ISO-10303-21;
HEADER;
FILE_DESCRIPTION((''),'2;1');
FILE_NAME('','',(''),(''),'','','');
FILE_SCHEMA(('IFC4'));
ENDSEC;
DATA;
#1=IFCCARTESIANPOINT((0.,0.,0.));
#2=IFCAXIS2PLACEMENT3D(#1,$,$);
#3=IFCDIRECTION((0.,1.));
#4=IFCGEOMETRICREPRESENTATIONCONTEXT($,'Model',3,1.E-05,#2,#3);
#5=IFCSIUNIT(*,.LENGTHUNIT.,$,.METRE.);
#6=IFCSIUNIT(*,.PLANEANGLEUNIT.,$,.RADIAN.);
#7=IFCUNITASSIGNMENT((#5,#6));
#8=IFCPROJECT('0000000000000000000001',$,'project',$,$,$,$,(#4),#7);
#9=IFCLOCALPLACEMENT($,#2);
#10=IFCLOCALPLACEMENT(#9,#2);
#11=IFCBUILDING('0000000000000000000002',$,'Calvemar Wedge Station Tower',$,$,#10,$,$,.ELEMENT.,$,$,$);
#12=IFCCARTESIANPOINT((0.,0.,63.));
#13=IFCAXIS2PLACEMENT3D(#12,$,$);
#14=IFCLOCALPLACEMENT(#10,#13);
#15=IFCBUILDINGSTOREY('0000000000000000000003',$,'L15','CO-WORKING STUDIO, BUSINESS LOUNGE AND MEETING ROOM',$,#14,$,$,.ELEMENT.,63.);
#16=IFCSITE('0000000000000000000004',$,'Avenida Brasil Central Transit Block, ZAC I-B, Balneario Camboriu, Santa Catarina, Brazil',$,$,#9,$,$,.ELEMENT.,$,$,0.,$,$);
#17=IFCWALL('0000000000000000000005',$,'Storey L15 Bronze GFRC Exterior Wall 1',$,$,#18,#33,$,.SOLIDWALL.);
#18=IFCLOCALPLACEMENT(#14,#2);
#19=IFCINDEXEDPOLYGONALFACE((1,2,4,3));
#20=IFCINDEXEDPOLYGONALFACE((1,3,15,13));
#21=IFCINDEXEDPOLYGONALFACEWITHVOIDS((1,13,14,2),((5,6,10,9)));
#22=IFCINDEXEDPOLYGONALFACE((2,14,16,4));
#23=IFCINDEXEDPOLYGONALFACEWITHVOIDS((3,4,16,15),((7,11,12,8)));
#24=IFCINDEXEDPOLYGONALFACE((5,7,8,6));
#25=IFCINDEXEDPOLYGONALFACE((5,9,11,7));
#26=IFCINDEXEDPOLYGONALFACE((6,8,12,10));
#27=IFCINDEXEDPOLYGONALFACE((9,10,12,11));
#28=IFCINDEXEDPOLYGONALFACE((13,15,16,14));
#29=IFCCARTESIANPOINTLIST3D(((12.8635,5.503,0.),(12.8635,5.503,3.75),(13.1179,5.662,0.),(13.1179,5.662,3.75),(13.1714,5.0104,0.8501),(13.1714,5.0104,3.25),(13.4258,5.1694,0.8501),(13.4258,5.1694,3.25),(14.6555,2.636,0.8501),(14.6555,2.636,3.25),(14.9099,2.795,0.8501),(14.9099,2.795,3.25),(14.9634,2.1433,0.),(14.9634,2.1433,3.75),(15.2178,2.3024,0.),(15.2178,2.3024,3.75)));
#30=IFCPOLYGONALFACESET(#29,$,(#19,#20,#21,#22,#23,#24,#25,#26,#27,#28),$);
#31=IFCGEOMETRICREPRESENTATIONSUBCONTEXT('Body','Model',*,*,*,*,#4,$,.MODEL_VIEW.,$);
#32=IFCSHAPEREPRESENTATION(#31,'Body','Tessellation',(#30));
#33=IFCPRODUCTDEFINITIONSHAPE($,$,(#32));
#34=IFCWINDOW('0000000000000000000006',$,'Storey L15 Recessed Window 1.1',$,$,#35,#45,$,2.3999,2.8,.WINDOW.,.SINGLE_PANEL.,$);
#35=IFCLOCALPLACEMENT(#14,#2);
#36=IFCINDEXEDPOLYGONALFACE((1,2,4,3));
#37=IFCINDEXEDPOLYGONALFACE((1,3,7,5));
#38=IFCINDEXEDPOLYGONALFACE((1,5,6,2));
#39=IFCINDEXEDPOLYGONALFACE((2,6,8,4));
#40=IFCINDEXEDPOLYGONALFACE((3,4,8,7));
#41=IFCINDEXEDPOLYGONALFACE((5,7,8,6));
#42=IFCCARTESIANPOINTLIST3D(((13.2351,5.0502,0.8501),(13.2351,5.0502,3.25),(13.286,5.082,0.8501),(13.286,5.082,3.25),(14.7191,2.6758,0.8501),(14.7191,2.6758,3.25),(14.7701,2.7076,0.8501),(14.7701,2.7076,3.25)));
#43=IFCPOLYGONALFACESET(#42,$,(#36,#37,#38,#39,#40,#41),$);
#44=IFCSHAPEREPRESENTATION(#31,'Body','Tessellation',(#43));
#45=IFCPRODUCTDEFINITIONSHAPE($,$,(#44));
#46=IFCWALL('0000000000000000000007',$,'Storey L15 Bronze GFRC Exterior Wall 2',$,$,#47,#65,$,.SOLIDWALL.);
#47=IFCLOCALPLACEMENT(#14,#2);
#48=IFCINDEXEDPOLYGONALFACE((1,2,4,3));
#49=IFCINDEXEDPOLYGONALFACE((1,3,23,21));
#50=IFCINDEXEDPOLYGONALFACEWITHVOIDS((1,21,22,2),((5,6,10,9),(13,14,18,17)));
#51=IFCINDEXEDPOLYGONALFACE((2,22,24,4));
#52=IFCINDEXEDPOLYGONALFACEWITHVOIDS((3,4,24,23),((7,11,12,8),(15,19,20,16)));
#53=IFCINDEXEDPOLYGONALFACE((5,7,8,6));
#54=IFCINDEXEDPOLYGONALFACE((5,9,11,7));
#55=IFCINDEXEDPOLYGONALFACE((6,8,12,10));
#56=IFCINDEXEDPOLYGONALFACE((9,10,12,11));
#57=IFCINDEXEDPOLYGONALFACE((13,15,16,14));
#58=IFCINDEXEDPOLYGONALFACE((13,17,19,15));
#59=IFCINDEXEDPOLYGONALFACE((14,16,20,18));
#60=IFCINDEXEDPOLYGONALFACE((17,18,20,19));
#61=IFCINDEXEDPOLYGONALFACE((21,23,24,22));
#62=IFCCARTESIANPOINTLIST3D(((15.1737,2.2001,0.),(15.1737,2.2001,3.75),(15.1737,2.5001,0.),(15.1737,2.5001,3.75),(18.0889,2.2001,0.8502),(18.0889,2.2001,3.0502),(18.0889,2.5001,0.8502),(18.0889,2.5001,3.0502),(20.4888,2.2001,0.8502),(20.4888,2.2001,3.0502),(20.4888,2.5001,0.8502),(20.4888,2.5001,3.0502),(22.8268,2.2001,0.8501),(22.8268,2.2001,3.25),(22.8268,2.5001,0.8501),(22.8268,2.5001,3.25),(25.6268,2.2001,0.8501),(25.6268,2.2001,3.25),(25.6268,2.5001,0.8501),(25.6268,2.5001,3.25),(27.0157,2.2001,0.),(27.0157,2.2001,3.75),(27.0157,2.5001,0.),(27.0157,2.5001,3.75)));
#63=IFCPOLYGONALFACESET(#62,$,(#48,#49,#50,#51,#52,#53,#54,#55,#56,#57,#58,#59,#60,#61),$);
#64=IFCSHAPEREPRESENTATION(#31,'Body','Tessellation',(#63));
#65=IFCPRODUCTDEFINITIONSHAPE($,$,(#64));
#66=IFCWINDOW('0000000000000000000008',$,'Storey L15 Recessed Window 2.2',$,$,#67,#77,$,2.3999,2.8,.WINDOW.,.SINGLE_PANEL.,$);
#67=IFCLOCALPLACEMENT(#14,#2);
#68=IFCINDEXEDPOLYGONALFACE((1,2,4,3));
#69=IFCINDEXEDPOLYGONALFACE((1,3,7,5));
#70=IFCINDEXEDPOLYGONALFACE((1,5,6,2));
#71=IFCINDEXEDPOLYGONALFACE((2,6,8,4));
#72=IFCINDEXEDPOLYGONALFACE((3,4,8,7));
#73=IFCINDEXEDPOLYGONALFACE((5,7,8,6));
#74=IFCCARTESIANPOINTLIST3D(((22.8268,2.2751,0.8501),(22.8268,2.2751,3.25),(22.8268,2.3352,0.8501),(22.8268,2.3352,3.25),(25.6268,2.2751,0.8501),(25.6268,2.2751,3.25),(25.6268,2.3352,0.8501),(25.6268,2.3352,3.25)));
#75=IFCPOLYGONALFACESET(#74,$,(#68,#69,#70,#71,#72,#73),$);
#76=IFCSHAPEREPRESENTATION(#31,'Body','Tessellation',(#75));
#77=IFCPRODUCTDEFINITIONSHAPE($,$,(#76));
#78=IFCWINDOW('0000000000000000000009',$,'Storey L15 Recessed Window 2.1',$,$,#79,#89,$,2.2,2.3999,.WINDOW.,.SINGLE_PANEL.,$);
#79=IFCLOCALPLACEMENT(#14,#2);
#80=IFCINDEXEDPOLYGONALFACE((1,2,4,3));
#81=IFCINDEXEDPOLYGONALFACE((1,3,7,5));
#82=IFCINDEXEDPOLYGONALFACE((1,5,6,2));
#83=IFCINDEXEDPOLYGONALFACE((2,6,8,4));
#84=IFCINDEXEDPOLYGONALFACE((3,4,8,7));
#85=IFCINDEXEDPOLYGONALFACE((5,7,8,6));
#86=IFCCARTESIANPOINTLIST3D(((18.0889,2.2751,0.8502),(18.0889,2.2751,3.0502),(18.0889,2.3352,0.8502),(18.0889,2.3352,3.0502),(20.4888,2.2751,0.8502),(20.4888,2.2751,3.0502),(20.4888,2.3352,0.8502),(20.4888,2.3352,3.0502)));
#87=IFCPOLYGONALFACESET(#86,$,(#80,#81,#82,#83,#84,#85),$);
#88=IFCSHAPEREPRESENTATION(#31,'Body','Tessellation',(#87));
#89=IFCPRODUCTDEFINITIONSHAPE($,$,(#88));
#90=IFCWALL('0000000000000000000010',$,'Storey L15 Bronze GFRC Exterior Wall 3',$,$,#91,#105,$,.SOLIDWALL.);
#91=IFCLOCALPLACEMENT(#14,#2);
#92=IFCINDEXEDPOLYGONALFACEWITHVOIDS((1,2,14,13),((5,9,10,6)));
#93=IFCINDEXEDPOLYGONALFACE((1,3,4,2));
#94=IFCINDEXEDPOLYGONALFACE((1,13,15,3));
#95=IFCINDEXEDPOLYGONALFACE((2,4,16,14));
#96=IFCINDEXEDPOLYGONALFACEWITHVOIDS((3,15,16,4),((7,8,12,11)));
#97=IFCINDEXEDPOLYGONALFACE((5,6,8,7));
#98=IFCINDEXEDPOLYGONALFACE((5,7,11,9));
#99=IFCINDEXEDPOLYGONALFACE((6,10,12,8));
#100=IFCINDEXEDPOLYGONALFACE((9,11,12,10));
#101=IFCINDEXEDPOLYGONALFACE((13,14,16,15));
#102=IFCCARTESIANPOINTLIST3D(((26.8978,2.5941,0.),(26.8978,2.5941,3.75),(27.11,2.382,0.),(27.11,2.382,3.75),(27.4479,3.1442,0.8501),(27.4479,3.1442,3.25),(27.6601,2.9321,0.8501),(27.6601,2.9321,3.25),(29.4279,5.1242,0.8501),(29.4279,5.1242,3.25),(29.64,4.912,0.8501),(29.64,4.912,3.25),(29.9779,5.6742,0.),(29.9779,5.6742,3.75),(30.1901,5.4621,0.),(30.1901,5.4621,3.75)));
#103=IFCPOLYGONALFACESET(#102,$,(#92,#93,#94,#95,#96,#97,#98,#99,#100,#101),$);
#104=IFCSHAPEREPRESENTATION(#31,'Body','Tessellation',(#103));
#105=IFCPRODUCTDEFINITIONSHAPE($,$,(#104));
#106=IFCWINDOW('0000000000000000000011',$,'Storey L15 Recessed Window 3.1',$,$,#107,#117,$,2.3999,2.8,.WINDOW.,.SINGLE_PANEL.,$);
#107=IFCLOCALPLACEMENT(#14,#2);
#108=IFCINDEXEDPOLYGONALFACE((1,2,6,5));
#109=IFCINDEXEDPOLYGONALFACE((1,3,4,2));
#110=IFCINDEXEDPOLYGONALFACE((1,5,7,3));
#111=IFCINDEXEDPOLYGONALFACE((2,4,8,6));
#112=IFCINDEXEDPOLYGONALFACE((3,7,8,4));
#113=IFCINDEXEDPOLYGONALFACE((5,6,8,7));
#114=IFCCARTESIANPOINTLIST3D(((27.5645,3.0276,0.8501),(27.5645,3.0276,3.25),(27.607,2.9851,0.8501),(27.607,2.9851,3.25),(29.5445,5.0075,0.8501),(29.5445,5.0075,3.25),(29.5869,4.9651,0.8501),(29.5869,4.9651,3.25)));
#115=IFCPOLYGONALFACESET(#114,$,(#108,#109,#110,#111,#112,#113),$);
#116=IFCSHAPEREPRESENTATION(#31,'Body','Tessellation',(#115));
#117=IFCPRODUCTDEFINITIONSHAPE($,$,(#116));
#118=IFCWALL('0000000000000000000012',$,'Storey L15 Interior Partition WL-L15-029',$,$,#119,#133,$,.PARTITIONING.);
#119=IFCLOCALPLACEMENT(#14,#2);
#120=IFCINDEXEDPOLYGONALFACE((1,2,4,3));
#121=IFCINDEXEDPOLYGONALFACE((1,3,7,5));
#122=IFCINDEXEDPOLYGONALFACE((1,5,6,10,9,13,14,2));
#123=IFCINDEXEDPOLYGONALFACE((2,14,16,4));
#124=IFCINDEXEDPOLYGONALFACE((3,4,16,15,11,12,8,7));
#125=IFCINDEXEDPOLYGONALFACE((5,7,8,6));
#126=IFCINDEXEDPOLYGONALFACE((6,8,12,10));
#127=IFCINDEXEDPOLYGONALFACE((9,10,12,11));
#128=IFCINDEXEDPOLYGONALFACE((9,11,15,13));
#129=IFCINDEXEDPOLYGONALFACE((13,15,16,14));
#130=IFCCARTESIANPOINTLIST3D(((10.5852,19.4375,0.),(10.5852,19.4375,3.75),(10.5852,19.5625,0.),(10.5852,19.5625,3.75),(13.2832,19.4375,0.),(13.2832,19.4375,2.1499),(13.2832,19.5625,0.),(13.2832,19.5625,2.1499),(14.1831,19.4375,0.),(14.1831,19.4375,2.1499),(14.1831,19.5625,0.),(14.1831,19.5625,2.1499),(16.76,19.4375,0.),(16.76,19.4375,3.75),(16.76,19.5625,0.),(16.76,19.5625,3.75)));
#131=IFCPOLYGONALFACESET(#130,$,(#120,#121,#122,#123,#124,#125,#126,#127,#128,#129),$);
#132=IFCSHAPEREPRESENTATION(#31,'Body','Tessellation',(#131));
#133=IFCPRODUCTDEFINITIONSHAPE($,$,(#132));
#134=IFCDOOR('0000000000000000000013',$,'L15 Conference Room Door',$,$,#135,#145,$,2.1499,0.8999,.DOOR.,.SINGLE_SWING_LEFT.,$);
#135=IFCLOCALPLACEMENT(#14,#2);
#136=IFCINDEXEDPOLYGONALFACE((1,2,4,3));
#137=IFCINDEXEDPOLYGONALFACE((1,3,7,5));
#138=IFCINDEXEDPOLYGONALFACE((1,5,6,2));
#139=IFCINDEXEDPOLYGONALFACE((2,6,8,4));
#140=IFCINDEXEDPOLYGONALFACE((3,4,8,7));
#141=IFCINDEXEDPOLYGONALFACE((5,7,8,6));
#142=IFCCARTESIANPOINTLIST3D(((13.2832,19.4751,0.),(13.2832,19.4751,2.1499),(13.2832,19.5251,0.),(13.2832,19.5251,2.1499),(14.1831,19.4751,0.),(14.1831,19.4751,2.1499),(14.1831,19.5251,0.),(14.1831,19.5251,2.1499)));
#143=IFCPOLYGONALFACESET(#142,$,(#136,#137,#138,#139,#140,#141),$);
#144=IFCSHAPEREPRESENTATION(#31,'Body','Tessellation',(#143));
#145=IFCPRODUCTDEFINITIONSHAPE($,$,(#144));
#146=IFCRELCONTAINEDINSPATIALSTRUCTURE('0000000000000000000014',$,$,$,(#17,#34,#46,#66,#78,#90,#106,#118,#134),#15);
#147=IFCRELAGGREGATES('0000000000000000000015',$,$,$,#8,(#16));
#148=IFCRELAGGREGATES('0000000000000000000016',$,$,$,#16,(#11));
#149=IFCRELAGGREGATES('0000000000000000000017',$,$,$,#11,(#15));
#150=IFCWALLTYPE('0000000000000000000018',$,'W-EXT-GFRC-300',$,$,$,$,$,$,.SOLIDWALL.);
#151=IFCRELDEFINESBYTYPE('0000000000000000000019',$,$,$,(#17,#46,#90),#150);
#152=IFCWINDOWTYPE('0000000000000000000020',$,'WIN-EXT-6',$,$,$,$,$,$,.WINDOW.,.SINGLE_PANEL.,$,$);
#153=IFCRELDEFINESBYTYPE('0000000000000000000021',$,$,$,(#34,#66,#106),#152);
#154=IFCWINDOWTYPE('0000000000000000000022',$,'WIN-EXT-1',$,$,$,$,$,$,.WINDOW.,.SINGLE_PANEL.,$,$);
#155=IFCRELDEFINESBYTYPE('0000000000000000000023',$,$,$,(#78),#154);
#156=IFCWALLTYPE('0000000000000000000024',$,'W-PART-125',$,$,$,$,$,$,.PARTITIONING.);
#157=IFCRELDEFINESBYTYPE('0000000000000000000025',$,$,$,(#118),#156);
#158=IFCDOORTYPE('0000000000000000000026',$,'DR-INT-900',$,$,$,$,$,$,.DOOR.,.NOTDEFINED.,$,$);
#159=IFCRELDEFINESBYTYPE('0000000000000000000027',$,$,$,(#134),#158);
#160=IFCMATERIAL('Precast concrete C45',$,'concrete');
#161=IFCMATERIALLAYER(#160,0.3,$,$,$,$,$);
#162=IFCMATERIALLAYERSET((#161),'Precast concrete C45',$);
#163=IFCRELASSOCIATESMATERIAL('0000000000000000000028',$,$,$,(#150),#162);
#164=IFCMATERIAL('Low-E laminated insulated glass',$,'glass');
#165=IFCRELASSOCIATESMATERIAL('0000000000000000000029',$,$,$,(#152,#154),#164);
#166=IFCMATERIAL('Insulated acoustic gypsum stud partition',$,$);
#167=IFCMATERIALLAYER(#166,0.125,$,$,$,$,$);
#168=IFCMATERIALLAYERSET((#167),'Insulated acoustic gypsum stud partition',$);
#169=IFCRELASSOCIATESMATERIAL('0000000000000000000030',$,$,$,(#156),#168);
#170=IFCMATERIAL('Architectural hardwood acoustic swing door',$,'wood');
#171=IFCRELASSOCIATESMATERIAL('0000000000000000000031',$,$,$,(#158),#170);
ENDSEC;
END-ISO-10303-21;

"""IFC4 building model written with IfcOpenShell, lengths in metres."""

from ifc_helpers import new_model, si_unit, direction, frame, frame_2d, origin, place, context, subcontext, project, spatial, rectangle, extrude, source, transform, mapped, material, layer, layer_set, type_object, element, fill, save


model = new_model("IFC4")

# Units and contexts
model_context = context("Model", 3, precision=1e-05, world=origin(), true_north=direction((0.0, 1.0)))
body_context = subcontext(model_context, "Body", "Model", "MODEL_VIEW")
ifc_project = project(units=[si_unit("LENGTHUNIT", "METRE"), si_unit("PLANEANGLEUNIT", "RADIAN")], contexts=[model_context])

# Site, building, storey
site_placement = place(None, origin())
site = spatial("IfcSite", under=ifc_project, at=site_placement, Name="Avenida Brasil Central Transit Block, ZAC I-B, Balneario Camboriu, Santa Catarina, Brazil", CompositionType="ELEMENT", RefElevation=0.0)
building_placement = place(site_placement, origin())
building = spatial("IfcBuilding", under=site, at=building_placement, Name="Calvemar Wedge Station Tower", CompositionType="ELEMENT")
storey_placement = place(building_placement, frame((0.0, 0.0, 63.0)))
storey = spatial("IfcBuildingStorey", under=building, at=storey_placement, Name="L15", Description="CO-WORKING STUDIO, BUSINESS LOUNGE AND MEETING ROOM", CompositionType="ELEMENT", Elevation=63.0)

# Wall, opening, window
ifc_material_1 = material(Name="Precast concrete C45", Category="concrete")
ifc_layer_1 = layer(ifc_material_1, 0.3)
ifc_layer_set_1 = layer_set([ifc_layer_1], Name="Precast concrete C45")
wall_type_1 = type_object("IfcWallType", Name="W-EXT-GFRC-300", PredefinedType="SOLIDWALL", material=ifc_layer_set_1)
wall_1_placement = place(storey_placement, frame((12.9907, 5.5825, 0.0), z_axis=(0.0, 0.0, 1.0), x_axis=(0.530016, -0.847988, 0.0)))
wall_1 = element("IfcWall", 1, at=wall_1_placement, inside=storey, type_object=wall_type_1, Name="Storey L15 Bronze GFRC Exterior Wall 1", PredefinedType="SOLIDWALL", context=body_context, shape_type="SweptSolid", body=[
    extrude(rectangle(XDim=3.9619, YDim=0.3, at=frame_2d((1.981, 0.0))), origin(), (0.0, 0.0, 1.0), 3.75),
])
shared_shape_1 = source(origin(), body_context, "Body", "SweptSolid", [
    extrude(rectangle(XDim=2.8, YDim=2.3999, at=frame_2d((1.3999, 1.2))), frame((0.0, 0.1602, 0.0), z_axis=(0.0, -1.0, 0.0), x_axis=(1.0, 0.0, 0.0)), (0.0, 0.0, 1.0), 0.3201),
])
opening_1_placement = place(wall_1_placement, frame((0.5811, 0.0, 0.8501)))
opening_1 = element("IfcOpeningElement", 2, at=opening_1_placement, cuts=wall_1, PredefinedType="OPENING", context=body_context, shape_type="MappedRepresentation", body=[
    mapped(shared_shape_1, transform((0.0, 0.0, 0.0), scale=1.0)),
])
ifc_material_2 = material(Name="Low-E laminated insulated glass", Category="glass")
window_type_1 = type_object("IfcWindowType", Name="WIN-EXT-6", PartitioningType="SINGLE_PANEL", PredefinedType="WINDOW", material=ifc_material_2)
shared_shape_2 = source(origin(), body_context, "Body", "SweptSolid", [
    extrude(rectangle(XDim=2.8, YDim=2.3999, at=frame_2d((1.3999, 1.2))), frame((0.0, -0.0149, 0.0), z_axis=(0.0, -1.0, 0.0), x_axis=(1.0, 0.0, 0.0)), (0.0, 0.0, 1.0), 0.0601),
])
window_1_placement = place(opening_1_placement, origin())
window_1 = element("IfcWindow", 3, at=window_1_placement, inside=storey, type_object=window_type_1, Name="Storey L15 Recessed Window 1.1", OverallHeight=2.3999, OverallWidth=2.8, PartitioningType="SINGLE_PANEL", PredefinedType="WINDOW", context=body_context, shape_type="MappedRepresentation", body=[
    mapped(shared_shape_2, transform((0.0, 0.0, 0.0), scale=1.0)),
])
fill(opening_1, window_1)

# Wall, openings, windows
wall_2_placement = place(storey_placement, frame((15.1738, 2.3501, 0.0), z_axis=(0.0, 0.0, 1.0), x_axis=(1.0, 0.0, 0.0)))
wall_2 = element("IfcWall", 4, at=wall_2_placement, inside=storey, type_object=wall_type_1, Name="Storey L15 Bronze GFRC Exterior Wall 2", PredefinedType="SOLIDWALL", context=body_context, shape_type="SweptSolid", body=[
    extrude(rectangle(XDim=11.842, YDim=0.3, at=frame_2d((5.9209, 0.0))), origin(), (0.0, 0.0, 1.0), 3.75),
])
shared_shape_3 = source(origin(), body_context, "Body", "SweptSolid", [
    extrude(rectangle(XDim=2.3999, YDim=2.2, at=frame_2d((1.2, 1.1001))), frame((0.0, 0.1602, 0.0), z_axis=(0.0, -1.0, 0.0), x_axis=(1.0, 0.0, 0.0)), (0.0, 0.0, 1.0), 0.3201),
])
opening_2_placement = place(wall_2_placement, frame((2.915, 0.0, 0.8501)))
opening_2 = element("IfcOpeningElement", 5, at=opening_2_placement, cuts=wall_2, PredefinedType="OPENING", context=body_context, shape_type="MappedRepresentation", body=[
    mapped(shared_shape_3, transform((0.0, 0.0, 0.0), scale=1.0)),
])
opening_3_placement = place(wall_2_placement, frame((7.6531, 0.0, 0.8501)))
opening_3 = element("IfcOpeningElement", 6, at=opening_3_placement, cuts=wall_2, PredefinedType="OPENING", context=body_context, shape_type="MappedRepresentation", body=[
    mapped(shared_shape_1, transform((0.0, 0.0, 0.0), scale=1.0)),
])
window_2_placement = place(opening_3_placement, origin())
window_2 = element("IfcWindow", 7, at=window_2_placement, inside=storey, type_object=window_type_1, Name="Storey L15 Recessed Window 2.2", OverallHeight=2.3999, OverallWidth=2.8, PartitioningType="SINGLE_PANEL", PredefinedType="WINDOW", context=body_context, shape_type="MappedRepresentation", body=[
    mapped(shared_shape_2, transform((0.0, 0.0, 0.0), scale=1.0)),
])
fill(opening_3, window_2)
window_type_2 = type_object("IfcWindowType", Name="WIN-EXT-1", PartitioningType="SINGLE_PANEL", PredefinedType="WINDOW", material=ifc_material_2)
shared_shape_4 = source(origin(), body_context, "Body", "SweptSolid", [
    extrude(rectangle(XDim=2.3999, YDim=2.2, at=frame_2d((1.2, 1.1001))), frame((0.0, -0.0149, 0.0), z_axis=(0.0, -1.0, 0.0), x_axis=(1.0, 0.0, 0.0)), (0.0, 0.0, 1.0), 0.0601),
])
window_3_placement = place(opening_2_placement, origin())
window_3 = element("IfcWindow", 8, at=window_3_placement, inside=storey, type_object=window_type_2, Name="Storey L15 Recessed Window 2.1", OverallHeight=2.2, OverallWidth=2.3999, PartitioningType="SINGLE_PANEL", PredefinedType="WINDOW", context=body_context, shape_type="MappedRepresentation", body=[
    mapped(shared_shape_4, transform((0.0, 0.0, 0.0), scale=1.0)),
])
fill(opening_2, window_3)

# Wall, opening, window
wall_3_placement = place(storey_placement, frame((27.0039, 2.488, 0.0), z_axis=(0.0, 0.0, 1.0), x_axis=(0.707107, 0.707107, 0.0)))
wall_3 = element("IfcWall", 9, at=wall_3_placement, inside=storey, type_object=wall_type_1, Name="Storey L15 Bronze GFRC Exterior Wall 3", PredefinedType="SOLIDWALL", context=body_context, shape_type="SweptSolid", body=[
    extrude(rectangle(XDim=4.356, YDim=0.3, at=frame_2d((2.178, 0.0))), origin(), (0.0, 0.0, 1.0), 3.75),
])
opening_4_placement = place(wall_3_placement, frame((0.7781, 0.0, 0.8501)))
opening_4 = element("IfcOpeningElement", 10, at=opening_4_placement, cuts=wall_3, PredefinedType="OPENING", context=body_context, shape_type="MappedRepresentation", body=[
    mapped(shared_shape_1, transform((0.0, 0.0, 0.0), scale=1.0)),
])
window_4_placement = place(opening_4_placement, origin())
window_4 = element("IfcWindow", 11, at=window_4_placement, inside=storey, type_object=window_type_1, Name="Storey L15 Recessed Window 3.1", OverallHeight=2.3999, OverallWidth=2.8, PartitioningType="SINGLE_PANEL", PredefinedType="WINDOW", context=body_context, shape_type="MappedRepresentation", body=[
    mapped(shared_shape_2, transform((0.0, 0.0, 0.0), scale=1.0)),
])
fill(opening_4, window_4)

# Wall, opening, door
ifc_material_3 = material(Name="Insulated acoustic gypsum stud partition")
ifc_layer_2 = layer(ifc_material_3, 0.125)
ifc_layer_set_2 = layer_set([ifc_layer_2], Name="Insulated acoustic gypsum stud partition")
wall_type_2 = type_object("IfcWallType", Name="W-PART-125", PredefinedType="PARTITIONING", material=ifc_layer_set_2)
wall_4_placement = place(storey_placement, frame((16.76, 19.5, 0.0), z_axis=(0.0, 0.0, 1.0), x_axis=(-1.0, 0.0, 0.0)))
wall_4 = element("IfcWall", 12, at=wall_4_placement, inside=storey, type_object=wall_type_2, Name="Storey L15 Interior Partition WL-L15-029", PredefinedType="PARTITIONING", context=body_context, shape_type="SweptSolid", body=[
    extrude(rectangle(XDim=6.1748, YDim=0.125, at=frame_2d((3.0874, 0.0))), origin(), (0.0, 0.0, 1.0), 3.75),
])
shared_shape_5 = source(origin(), body_context, "Body", "SweptSolid", [
    extrude(rectangle(XDim=0.8999, YDim=2.1499, at=frame_2d((0.45, 1.075))), frame((0.0, 0.0725, 0.0), z_axis=(0.0, -1.0, 0.0), x_axis=(1.0, 0.0, 0.0)), (0.0, 0.0, 1.0), 0.145),
])
opening_5_placement = place(wall_4_placement, frame((2.5769, 0.0, 0.0)))
opening_5 = element("IfcOpeningElement", 13, at=opening_5_placement, cuts=wall_4, PredefinedType="OPENING", context=body_context, shape_type="MappedRepresentation", body=[
    mapped(shared_shape_5, transform((0.0, 0.0, 0.0), scale=1.0)),
])
ifc_material_4 = material(Name="Architectural hardwood acoustic swing door", Category="wood")
door_type = type_object("IfcDoorType", Name="DR-INT-900", OperationType="NOTDEFINED", PredefinedType="DOOR", material=ifc_material_4)
shared_shape_6 = source(origin(), body_context, "Body", "SweptSolid", [
    extrude(rectangle(XDim=0.8999, YDim=2.1499, at=frame_2d((0.45, 1.075))), frame((0.0, 0.0249, 0.0), z_axis=(0.0, -1.0, 0.0), x_axis=(1.0, 0.0, 0.0)), (0.0, 0.0, 1.0), 0.05),
])
door_1_placement = place(opening_5_placement, origin())
door_1 = element("IfcDoor", 14, at=door_1_placement, inside=storey, type_object=door_type, Name="L15 Conference Room Door", OperationType="SINGLE_SWING_LEFT", OverallHeight=2.1499, OverallWidth=0.8999, PredefinedType="DOOR", context=body_context, shape_type="MappedRepresentation", body=[
    mapped(shared_shape_6, transform((0.0, 0.0, 0.0), scale=1.0)),
])
fill(opening_5, door_1)

save(model, "model.ifc")
